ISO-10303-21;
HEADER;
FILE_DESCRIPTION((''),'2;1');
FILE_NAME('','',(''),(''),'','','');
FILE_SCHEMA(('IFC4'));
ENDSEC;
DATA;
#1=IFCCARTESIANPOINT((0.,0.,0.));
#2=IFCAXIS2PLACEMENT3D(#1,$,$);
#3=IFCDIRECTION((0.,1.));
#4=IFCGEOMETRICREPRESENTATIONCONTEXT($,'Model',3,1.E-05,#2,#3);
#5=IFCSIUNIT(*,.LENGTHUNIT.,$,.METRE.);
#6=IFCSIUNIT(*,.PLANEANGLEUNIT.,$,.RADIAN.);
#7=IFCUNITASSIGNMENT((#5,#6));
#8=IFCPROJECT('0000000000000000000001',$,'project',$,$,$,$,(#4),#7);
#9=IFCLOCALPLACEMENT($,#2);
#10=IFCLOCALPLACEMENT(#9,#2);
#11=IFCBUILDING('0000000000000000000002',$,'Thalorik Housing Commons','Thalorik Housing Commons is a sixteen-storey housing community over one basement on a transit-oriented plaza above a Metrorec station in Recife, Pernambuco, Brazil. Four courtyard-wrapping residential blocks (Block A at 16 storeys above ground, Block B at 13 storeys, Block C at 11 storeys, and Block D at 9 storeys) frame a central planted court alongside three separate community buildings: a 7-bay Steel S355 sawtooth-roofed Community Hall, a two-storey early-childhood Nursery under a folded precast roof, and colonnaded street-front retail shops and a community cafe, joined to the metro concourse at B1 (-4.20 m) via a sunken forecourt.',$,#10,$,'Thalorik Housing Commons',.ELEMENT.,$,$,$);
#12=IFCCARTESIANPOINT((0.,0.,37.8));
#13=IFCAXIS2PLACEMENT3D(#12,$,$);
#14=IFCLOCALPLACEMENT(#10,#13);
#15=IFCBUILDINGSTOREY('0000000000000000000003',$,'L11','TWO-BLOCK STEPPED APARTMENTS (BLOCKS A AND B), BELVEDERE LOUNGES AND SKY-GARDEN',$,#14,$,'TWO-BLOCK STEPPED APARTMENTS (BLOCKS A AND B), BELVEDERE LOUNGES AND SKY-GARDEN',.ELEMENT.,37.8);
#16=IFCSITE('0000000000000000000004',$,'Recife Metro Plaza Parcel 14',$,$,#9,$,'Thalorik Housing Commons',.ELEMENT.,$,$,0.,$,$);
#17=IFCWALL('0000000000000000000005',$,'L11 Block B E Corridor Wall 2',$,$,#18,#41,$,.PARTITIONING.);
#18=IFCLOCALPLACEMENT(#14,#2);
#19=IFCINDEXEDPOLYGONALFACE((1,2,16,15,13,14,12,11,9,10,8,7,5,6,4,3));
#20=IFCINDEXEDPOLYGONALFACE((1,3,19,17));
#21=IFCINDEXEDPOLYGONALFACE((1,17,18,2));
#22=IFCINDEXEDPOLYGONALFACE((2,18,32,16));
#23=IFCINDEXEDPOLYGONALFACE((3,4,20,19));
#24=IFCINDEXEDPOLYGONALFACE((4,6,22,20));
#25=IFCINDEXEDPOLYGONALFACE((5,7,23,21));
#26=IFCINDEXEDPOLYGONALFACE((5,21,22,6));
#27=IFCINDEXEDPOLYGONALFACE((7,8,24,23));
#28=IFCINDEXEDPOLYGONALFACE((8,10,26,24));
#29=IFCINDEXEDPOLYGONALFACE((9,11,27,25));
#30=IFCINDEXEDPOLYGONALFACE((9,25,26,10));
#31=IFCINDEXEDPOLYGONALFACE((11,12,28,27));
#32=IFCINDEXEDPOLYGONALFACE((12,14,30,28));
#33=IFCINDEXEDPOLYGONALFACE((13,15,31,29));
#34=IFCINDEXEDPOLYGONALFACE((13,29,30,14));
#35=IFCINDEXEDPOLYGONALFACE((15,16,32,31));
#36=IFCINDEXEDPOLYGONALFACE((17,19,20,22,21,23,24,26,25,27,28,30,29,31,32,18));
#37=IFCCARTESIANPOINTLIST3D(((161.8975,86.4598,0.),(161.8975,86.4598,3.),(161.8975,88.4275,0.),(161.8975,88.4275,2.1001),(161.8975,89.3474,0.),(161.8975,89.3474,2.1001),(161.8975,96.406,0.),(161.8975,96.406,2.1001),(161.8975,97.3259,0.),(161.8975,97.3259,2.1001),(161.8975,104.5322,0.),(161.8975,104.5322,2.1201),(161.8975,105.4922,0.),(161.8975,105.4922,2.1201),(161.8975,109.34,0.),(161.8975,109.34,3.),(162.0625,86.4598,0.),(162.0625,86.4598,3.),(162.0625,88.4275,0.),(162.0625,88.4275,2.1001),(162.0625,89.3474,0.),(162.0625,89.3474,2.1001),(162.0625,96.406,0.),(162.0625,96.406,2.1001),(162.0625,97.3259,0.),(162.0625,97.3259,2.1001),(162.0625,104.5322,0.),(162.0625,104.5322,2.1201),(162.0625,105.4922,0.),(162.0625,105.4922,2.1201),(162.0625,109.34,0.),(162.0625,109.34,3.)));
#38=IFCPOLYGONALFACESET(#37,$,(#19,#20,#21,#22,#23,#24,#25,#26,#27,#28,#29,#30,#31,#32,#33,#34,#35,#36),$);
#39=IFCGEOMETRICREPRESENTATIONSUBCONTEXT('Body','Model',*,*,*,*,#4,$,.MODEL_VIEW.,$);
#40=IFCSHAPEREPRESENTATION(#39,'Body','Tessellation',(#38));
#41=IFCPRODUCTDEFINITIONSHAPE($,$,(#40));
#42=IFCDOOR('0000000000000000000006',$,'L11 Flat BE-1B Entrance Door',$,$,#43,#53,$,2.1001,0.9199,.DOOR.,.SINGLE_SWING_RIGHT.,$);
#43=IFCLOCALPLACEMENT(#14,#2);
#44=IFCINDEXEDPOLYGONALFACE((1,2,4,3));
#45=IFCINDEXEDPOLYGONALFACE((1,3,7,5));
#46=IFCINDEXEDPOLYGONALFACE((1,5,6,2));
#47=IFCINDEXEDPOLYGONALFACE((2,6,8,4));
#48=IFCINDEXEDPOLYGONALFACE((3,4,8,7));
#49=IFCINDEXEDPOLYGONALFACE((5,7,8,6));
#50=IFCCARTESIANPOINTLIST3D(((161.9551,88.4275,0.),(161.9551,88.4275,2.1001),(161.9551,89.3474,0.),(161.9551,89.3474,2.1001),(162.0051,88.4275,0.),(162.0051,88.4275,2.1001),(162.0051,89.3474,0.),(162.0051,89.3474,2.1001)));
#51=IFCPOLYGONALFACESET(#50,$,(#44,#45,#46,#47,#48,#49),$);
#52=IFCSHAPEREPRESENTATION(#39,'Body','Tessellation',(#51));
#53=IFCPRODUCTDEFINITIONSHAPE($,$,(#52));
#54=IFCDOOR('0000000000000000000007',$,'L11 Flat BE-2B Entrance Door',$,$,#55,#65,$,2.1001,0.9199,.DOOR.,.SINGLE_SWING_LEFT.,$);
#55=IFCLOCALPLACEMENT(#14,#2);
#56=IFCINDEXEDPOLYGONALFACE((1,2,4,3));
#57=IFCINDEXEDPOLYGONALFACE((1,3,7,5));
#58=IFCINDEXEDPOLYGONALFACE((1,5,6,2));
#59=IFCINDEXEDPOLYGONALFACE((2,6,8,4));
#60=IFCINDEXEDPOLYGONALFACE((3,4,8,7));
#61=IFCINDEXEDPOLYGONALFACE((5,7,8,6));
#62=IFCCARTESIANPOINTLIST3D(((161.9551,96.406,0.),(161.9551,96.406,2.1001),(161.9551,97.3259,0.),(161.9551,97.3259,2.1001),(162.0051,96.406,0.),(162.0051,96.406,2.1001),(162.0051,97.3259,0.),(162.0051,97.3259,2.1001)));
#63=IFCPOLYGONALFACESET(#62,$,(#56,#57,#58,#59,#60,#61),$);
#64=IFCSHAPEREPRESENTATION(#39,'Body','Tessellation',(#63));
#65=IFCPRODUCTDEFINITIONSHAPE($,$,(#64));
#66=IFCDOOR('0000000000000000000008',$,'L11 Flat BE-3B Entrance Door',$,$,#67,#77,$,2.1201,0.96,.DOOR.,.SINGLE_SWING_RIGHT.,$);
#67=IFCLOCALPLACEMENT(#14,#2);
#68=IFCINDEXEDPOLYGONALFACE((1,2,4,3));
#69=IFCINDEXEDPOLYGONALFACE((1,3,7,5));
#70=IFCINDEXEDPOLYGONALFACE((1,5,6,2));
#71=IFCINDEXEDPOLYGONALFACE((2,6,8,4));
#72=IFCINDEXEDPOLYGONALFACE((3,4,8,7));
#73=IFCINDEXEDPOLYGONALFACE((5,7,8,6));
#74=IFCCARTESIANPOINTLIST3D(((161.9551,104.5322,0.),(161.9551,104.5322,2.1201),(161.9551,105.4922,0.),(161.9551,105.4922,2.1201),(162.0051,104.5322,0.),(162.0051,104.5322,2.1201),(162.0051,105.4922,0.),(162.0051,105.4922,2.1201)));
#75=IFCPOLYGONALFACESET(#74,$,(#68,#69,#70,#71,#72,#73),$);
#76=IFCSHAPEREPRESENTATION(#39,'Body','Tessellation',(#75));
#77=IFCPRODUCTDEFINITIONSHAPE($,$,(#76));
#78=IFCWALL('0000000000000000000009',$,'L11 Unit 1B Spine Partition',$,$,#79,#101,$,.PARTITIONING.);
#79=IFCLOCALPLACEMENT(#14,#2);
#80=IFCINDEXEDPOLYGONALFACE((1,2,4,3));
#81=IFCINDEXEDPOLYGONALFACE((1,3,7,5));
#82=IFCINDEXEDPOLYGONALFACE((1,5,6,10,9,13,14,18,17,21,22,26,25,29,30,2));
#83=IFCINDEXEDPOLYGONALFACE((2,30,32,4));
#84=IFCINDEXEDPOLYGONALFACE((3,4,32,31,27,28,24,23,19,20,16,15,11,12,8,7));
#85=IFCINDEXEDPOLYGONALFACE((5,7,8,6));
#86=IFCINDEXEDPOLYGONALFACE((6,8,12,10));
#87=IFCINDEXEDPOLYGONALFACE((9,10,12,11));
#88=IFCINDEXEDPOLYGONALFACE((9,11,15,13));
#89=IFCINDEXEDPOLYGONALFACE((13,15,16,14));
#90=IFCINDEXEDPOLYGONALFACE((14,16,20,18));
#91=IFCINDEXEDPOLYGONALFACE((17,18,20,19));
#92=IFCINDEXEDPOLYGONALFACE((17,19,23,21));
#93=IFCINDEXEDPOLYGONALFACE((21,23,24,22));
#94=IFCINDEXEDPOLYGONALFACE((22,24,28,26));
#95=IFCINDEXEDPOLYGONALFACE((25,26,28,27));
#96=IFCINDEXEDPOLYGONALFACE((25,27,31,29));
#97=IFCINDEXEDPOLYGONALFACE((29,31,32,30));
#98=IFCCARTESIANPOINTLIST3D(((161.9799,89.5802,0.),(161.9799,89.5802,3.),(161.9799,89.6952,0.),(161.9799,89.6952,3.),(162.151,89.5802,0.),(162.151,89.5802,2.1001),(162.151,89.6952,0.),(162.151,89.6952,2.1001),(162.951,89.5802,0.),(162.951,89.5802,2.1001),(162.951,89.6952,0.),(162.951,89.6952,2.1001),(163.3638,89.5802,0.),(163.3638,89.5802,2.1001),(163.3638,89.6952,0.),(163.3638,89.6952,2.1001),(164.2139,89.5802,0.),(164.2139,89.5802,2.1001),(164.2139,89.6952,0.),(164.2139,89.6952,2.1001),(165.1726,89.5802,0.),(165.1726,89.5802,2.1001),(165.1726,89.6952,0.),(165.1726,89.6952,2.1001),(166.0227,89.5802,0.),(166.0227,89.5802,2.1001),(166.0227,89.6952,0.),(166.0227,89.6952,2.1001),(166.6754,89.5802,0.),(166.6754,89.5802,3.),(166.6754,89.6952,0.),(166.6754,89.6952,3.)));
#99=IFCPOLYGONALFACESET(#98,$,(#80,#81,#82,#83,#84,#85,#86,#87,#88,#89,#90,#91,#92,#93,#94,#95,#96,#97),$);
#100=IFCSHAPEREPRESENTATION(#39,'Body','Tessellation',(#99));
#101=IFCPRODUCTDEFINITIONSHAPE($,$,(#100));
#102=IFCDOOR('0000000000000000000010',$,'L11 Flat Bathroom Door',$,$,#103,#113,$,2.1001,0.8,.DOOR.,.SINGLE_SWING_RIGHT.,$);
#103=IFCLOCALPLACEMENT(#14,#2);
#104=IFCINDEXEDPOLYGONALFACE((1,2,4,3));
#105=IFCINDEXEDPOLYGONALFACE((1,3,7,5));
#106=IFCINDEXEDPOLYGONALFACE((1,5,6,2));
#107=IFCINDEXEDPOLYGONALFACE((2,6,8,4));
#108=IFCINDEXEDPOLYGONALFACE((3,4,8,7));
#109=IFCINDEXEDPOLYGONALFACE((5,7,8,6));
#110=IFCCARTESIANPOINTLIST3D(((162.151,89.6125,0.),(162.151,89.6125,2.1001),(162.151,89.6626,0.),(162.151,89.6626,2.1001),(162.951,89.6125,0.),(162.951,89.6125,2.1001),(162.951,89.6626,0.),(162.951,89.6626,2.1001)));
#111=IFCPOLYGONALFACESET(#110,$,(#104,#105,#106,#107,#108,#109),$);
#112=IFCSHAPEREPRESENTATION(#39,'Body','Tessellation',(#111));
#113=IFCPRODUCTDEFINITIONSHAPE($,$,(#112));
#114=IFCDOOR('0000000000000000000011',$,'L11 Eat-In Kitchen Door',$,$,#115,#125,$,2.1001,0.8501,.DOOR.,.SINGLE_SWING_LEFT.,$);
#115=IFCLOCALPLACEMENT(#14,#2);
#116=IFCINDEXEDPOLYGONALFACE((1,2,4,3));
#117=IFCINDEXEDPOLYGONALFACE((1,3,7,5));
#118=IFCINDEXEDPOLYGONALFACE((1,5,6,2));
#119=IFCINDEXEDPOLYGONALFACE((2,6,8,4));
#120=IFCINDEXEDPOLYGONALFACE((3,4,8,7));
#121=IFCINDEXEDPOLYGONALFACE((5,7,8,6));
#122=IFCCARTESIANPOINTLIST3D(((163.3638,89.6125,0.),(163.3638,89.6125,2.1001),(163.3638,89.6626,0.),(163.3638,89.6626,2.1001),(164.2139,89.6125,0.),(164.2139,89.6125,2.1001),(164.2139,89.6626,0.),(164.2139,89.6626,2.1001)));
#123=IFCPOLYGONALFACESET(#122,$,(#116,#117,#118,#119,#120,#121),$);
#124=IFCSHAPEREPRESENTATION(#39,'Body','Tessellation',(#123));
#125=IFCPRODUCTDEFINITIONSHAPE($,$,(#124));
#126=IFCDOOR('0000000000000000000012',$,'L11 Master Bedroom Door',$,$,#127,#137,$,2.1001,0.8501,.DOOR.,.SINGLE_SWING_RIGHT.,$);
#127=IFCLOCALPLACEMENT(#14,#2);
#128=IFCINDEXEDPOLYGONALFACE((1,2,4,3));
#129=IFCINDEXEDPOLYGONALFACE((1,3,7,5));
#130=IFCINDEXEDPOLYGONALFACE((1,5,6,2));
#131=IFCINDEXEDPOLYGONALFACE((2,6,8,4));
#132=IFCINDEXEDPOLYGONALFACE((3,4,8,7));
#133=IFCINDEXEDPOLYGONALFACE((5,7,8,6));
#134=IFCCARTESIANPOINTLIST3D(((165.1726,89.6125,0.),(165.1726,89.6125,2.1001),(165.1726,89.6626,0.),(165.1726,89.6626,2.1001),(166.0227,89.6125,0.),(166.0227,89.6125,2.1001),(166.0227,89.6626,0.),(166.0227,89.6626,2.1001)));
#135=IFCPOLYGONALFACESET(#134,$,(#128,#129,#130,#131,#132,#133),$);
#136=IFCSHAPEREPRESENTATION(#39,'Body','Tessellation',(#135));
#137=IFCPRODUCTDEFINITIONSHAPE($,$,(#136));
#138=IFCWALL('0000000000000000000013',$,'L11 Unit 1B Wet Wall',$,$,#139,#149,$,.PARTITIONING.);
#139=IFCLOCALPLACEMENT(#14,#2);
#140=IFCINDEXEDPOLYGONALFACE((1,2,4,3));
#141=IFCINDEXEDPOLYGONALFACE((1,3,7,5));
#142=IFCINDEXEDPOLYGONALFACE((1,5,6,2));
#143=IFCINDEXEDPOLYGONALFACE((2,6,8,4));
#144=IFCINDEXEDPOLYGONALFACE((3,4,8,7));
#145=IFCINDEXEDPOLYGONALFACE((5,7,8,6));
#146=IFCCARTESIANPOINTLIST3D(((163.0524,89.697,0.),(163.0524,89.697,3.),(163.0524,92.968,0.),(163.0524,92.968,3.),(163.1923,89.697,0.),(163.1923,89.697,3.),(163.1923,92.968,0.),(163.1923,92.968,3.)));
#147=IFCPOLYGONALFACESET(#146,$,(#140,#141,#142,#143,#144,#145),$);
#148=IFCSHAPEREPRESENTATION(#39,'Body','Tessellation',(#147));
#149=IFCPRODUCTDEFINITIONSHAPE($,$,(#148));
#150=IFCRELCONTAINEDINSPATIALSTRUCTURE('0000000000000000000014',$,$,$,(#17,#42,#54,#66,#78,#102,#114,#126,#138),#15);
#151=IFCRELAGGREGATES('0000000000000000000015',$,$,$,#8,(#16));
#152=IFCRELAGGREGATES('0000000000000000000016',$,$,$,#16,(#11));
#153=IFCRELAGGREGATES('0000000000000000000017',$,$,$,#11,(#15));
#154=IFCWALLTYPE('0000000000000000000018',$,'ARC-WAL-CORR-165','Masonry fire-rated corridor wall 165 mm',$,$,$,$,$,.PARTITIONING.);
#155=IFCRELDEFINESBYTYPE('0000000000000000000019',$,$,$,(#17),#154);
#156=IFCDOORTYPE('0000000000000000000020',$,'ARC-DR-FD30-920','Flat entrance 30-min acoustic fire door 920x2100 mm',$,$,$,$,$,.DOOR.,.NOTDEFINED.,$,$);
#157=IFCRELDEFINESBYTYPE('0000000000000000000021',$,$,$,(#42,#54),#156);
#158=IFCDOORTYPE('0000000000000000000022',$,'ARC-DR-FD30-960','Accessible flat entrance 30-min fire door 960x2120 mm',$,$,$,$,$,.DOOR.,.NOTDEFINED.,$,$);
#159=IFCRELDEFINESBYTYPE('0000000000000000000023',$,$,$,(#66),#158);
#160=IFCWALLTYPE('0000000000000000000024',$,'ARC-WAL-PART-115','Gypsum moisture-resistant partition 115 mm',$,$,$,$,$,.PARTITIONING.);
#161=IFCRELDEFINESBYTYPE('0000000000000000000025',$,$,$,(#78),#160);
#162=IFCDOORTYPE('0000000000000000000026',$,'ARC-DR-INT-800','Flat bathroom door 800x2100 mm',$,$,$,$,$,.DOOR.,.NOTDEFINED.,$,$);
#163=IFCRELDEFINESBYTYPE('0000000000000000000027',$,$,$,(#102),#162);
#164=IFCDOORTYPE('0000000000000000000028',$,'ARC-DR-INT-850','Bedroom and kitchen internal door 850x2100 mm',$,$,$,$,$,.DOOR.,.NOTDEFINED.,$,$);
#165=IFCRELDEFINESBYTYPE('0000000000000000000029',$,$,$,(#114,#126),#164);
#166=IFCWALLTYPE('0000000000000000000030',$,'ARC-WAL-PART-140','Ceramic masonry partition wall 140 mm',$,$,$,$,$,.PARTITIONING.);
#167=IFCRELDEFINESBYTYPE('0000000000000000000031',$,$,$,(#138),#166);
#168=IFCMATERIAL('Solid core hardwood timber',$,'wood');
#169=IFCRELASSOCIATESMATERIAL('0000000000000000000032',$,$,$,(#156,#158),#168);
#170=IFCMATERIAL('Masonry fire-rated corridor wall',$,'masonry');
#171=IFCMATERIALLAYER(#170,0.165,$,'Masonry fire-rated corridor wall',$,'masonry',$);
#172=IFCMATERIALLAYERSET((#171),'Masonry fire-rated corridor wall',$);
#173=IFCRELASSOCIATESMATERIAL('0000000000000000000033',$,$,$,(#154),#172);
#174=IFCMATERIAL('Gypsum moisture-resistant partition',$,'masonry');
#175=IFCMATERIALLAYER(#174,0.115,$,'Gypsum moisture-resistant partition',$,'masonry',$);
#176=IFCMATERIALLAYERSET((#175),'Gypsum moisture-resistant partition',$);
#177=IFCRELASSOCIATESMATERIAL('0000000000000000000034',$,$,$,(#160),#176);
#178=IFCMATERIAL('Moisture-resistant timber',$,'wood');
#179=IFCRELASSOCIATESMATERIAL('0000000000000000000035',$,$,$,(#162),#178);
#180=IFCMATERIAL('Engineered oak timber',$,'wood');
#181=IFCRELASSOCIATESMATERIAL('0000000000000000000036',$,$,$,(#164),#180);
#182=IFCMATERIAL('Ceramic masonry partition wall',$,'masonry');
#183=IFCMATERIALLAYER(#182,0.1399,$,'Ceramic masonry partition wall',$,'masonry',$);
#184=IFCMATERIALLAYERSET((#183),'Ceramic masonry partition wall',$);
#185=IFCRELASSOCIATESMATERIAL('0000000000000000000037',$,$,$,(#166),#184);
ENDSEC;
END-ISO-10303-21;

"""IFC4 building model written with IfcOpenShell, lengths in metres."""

from ifc_helpers import new_model, si_unit, direction, frame, frame_2d, origin, place, context, subcontext, project, spatial, rectangle, extrude, material, layer, layer_set, type_object, element, fill, save


model = new_model("IFC4")

# Units and contexts
model_context = context("Model", 3, precision=1e-05, world=origin(), true_north=direction((0.0, 1.0)))
body_context = subcontext(model_context, "Body", "Model", "MODEL_VIEW")
ifc_project = project(units=[si_unit("LENGTHUNIT", "METRE"), si_unit("PLANEANGLEUNIT", "RADIAN")], contexts=[model_context])

# Site, building, storey
site_placement = place(None, origin())
site = spatial("IfcSite", under=ifc_project, at=site_placement, Name="Recife Metro Plaza Parcel 14", LongName="Thalorik Housing Commons", CompositionType="ELEMENT", RefElevation=0.0)
building_placement = place(site_placement, origin())
building = spatial("IfcBuilding", under=site, at=building_placement, Name="Thalorik Housing Commons", Description="Thalorik Housing Commons is a sixteen-storey housing community over one basement on a transit-oriented plaza above a Metrorec station in Recife, Pernambuco, Brazil. Four courtyard-wrapping residential blocks (Block A at 16 storeys above ground, Block B at 13 storeys, Block C at 11 storeys, and Block D at 9 storeys) frame a central planted court alongside three separate community buildings: a 7-bay Steel S355 sawtooth-roofed Community Hall, a two-storey early-childhood Nursery under a folded precast roof, and colonnaded street-front retail shops and a community cafe, joined to the metro concourse at B1 (-4.20 m) via a sunken forecourt.", LongName="Thalorik Housing Commons", CompositionType="ELEMENT")
storey_placement = place(building_placement, frame((0.0, 0.0, 37.8)))
storey = spatial("IfcBuildingStorey", under=building, at=storey_placement, Name="L11", Description="TWO-BLOCK STEPPED APARTMENTS (BLOCKS A AND B), BELVEDERE LOUNGES AND SKY-GARDEN", LongName="TWO-BLOCK STEPPED APARTMENTS (BLOCKS A AND B), BELVEDERE LOUNGES AND SKY-GARDEN", CompositionType="ELEMENT", Elevation=37.8)

# Walls, openings, doors
ifc_material_1 = material(Name="Masonry fire-rated corridor wall", Category="masonry")
ifc_material_2 = material(Name="Solid core hardwood timber", Category="wood")
door_type_1 = type_object("IfcDoorType", Name="ARC-DR-FD30-920", Description="Flat entrance 30-min acoustic fire door 920x2100 mm", OperationType="NOTDEFINED", PredefinedType="DOOR", material=ifc_material_2)
door_type_2 = type_object("IfcDoorType", Name="ARC-DR-FD30-960", Description="Accessible flat entrance 30-min fire door 960x2120 mm", OperationType="NOTDEFINED", PredefinedType="DOOR", material=ifc_material_2)
ifc_layer_1 = layer(ifc_material_1, 0.165, Name="Masonry fire-rated corridor wall", Category="masonry")
ifc_layer_set_1 = layer_set([ifc_layer_1], Name="Masonry fire-rated corridor wall")
wall_type_1 = type_object("IfcWallType", Name="ARC-WAL-CORR-165", Description="Masonry fire-rated corridor wall 165 mm", PredefinedType="PARTITIONING", material=ifc_layer_set_1)
wall_1_placement = place(storey_placement, frame((161.98, 86.46, 0.0), z_axis=(0.0, 0.0, 1.0), x_axis=(0.0, 1.0, 0.0)))
wall_1 = element("IfcWall", 1, at=wall_1_placement, inside=storey, type_object=wall_type_1, Name="L11 Block B E Corridor Wall 2", PredefinedType="PARTITIONING", context=body_context, shape_type="SweptSolid", body=[
    extrude(rectangle(XDim=22.8801, YDim=0.165, at=frame_2d((11.4399, 0.0))), origin(), (0.0, 0.0, 1.0), 3.0),
])
opening_1_placement = place(wall_1_placement, frame((1.9675, 0.0, 0.0)))
opening_1 = element("IfcOpeningElement", 2, at=opening_1_placement, cuts=wall_1, PredefinedType="OPENING", context=body_context, shape_type="SweptSolid", body=[
    extrude(rectangle(XDim=0.9199, YDim=2.1001, at=frame_2d((0.46, 1.05))), frame((0.0, 0.0925, 0.0), z_axis=(0.0, -1.0, 0.0), x_axis=(1.0, 0.0, 0.0)), (0.0, 0.0, 1.0), 0.1851),
])
opening_2_placement = place(wall_1_placement, frame((9.946, 0.0, 0.0)))
opening_2 = element("IfcOpeningElement", 3, at=opening_2_placement, cuts=wall_1, PredefinedType="OPENING", context=body_context, shape_type="SweptSolid", body=[
    extrude(rectangle(XDim=0.9199, YDim=2.1001, at=frame_2d((0.46, 1.05))), frame((0.0, 0.0925, 0.0), z_axis=(0.0, -1.0, 0.0), x_axis=(1.0, 0.0, 0.0)), (0.0, 0.0, 1.0), 0.1851),
])
opening_3_placement = place(wall_1_placement, frame((18.0723, 0.0, 0.0)))
opening_3 = element("IfcOpeningElement", 4, at=opening_3_placement, cuts=wall_1, PredefinedType="OPENING", context=body_context, shape_type="SweptSolid", body=[
    extrude(rectangle(XDim=0.96, YDim=2.1201, at=frame_2d((0.48, 1.0601))), frame((0.0, 0.0925, 0.0), z_axis=(0.0, -1.0, 0.0), x_axis=(1.0, 0.0, 0.0)), (0.0, 0.0, 1.0), 0.1851),
])
door_1_placement = place(opening_1_placement, origin())
door_1 = element("IfcDoor", 5, at=door_1_placement, inside=storey, type_object=door_type_1, Name="L11 Flat BE-1B Entrance Door", OperationType="SINGLE_SWING_RIGHT", OverallHeight=2.1001, OverallWidth=0.9199, PredefinedType="DOOR", context=body_context, shape_type="SweptSolid", body=[
    extrude(rectangle(XDim=0.9199, YDim=2.1001, at=frame_2d((0.46, 1.05))), frame((0.0, 0.0249, 0.0), z_axis=(0.0, -1.0, 0.0), x_axis=(1.0, 0.0, 0.0)), (0.0, 0.0, 1.0), 0.05),
])
fill(opening_1, door_1)
door_2_placement = place(opening_2_placement, origin())
door_2 = element("IfcDoor", 6, at=door_2_placement, inside=storey, type_object=door_type_1, Name="L11 Flat BE-2B Entrance Door", OperationType="SINGLE_SWING_LEFT", OverallHeight=2.1001, OverallWidth=0.9199, PredefinedType="DOOR", context=body_context, shape_type="SweptSolid", body=[
    extrude(rectangle(XDim=0.9199, YDim=2.1001, at=frame_2d((0.46, 1.05))), frame((0.0, 0.0249, 0.0), z_axis=(0.0, -1.0, 0.0), x_axis=(1.0, 0.0, 0.0)), (0.0, 0.0, 1.0), 0.05),
])
fill(opening_2, door_2)
door_3_placement = place(opening_3_placement, origin())
door_3 = element("IfcDoor", 7, at=door_3_placement, inside=storey, type_object=door_type_2, Name="L11 Flat BE-3B Entrance Door", OperationType="SINGLE_SWING_RIGHT", OverallHeight=2.1201, OverallWidth=0.96, PredefinedType="DOOR", context=body_context, shape_type="SweptSolid", body=[
    extrude(rectangle(XDim=0.96, YDim=2.1201, at=frame_2d((0.48, 1.0601))), frame((0.0, 0.0249, 0.0), z_axis=(0.0, -1.0, 0.0), x_axis=(1.0, 0.0, 0.0)), (0.0, 0.0, 1.0), 0.05),
])
fill(opening_3, door_3)
ifc_material_3 = material(Name="Gypsum moisture-resistant partition", Category="masonry")
ifc_layer_2 = layer(ifc_material_3, 0.115, Name="Gypsum moisture-resistant partition", Category="masonry")
ifc_layer_set_2 = layer_set([ifc_layer_2], Name="Gypsum moisture-resistant partition")
wall_type_2 = type_object("IfcWallType", Name="ARC-WAL-PART-115", Description="Gypsum moisture-resistant partition 115 mm", PredefinedType="PARTITIONING", material=ifc_layer_set_2)
wall_2_placement = place(storey_placement, frame((161.98, 89.6377, 0.0), z_axis=(0.0, 0.0, 1.0), x_axis=(1.0, 0.0, 0.0)))
wall_2 = element("IfcWall", 8, at=wall_2_placement, inside=storey, type_object=wall_type_2, Name="L11 Unit 1B Spine Partition", PredefinedType="PARTITIONING", context=body_context, shape_type="SweptSolid", body=[
    extrude(rectangle(XDim=4.6956, YDim=0.115, at=frame_2d((2.3477, 0.0))), origin(), (0.0, 0.0, 1.0), 3.0),
])
opening_4_placement = place(wall_2_placement, frame((0.1711, 0.0, 0.0)))
opening_4 = element("IfcOpeningElement", 9, at=opening_4_placement, cuts=wall_2, PredefinedType="OPENING", context=body_context, shape_type="SweptSolid", body=[
    extrude(rectangle(XDim=0.8, YDim=2.1001, at=frame_2d((0.3999, 1.05))), frame((0.0, 0.0674, 0.0), z_axis=(0.0, -1.0, 0.0), x_axis=(1.0, 0.0, 0.0)), (0.0, 0.0, 1.0), 0.135),
])
opening_5_placement = place(wall_2_placement, frame((1.3838, 0.0, 0.0)))
opening_5 = element("IfcOpeningElement", 10, at=opening_5_placement, cuts=wall_2, PredefinedType="OPENING", context=body_context, shape_type="SweptSolid", body=[
    extrude(rectangle(XDim=0.8501, YDim=2.1001, at=frame_2d((0.425, 1.05))), frame((0.0, 0.0674, 0.0), z_axis=(0.0, -1.0, 0.0), x_axis=(1.0, 0.0, 0.0)), (0.0, 0.0, 1.0), 0.135),
])
opening_6_placement = place(wall_2_placement, frame((3.1926, 0.0, 0.0)))
opening_6 = element("IfcOpeningElement", 11, at=opening_6_placement, cuts=wall_2, PredefinedType="OPENING", context=body_context, shape_type="SweptSolid", body=[
    extrude(rectangle(XDim=0.8501, YDim=2.1001, at=frame_2d((0.425, 1.05))), frame((0.0, 0.0674, 0.0), z_axis=(0.0, -1.0, 0.0), x_axis=(1.0, 0.0, 0.0)), (0.0, 0.0, 1.0), 0.135),
])
ifc_material_4 = material(Name="Moisture-resistant timber", Category="wood")
door_type_3 = type_object("IfcDoorType", Name="ARC-DR-INT-800", Description="Flat bathroom door 800x2100 mm", OperationType="NOTDEFINED", PredefinedType="DOOR", material=ifc_material_4)
door_4_placement = place(opening_4_placement, origin())
door_4 = element("IfcDoor", 12, at=door_4_placement, inside=storey, type_object=door_type_3, Name="L11 Flat Bathroom Door", OperationType="SINGLE_SWING_RIGHT", OverallHeight=2.1001, OverallWidth=0.8, PredefinedType="DOOR", context=body_context, shape_type="SweptSolid", body=[
    extrude(rectangle(XDim=0.8, YDim=2.1001, at=frame_2d((0.3999, 1.05))), frame((0.0, 0.0249, 0.0), z_axis=(0.0, -1.0, 0.0), x_axis=(1.0, 0.0, 0.0)), (0.0, 0.0, 1.0), 0.05),
])
fill(opening_4, door_4)
ifc_material_5 = material(Name="Engineered oak timber", Category="wood")
door_type_4 = type_object("IfcDoorType", Name="ARC-DR-INT-850", Description="Bedroom and kitchen internal door 850x2100 mm", OperationType="NOTDEFINED", PredefinedType="DOOR", material=ifc_material_5)
door_5_placement = place(opening_5_placement, origin())
door_5 = element("IfcDoor", 13, at=door_5_placement, inside=storey, type_object=door_type_4, Name="L11 Eat-In Kitchen Door", OperationType="SINGLE_SWING_LEFT", OverallHeight=2.1001, OverallWidth=0.8501, PredefinedType="DOOR", context=body_context, shape_type="SweptSolid", body=[
    extrude(rectangle(XDim=0.8501, YDim=2.1001, at=frame_2d((0.425, 1.05))), frame((0.0, 0.0249, 0.0), z_axis=(0.0, -1.0, 0.0), x_axis=(1.0, 0.0, 0.0)), (0.0, 0.0, 1.0), 0.05),
])
fill(opening_5, door_5)
door_6_placement = place(opening_6_placement, origin())
door_6 = element("IfcDoor", 14, at=door_6_placement, inside=storey, type_object=door_type_4, Name="L11 Master Bedroom Door", OperationType="SINGLE_SWING_RIGHT", OverallHeight=2.1001, OverallWidth=0.8501, PredefinedType="DOOR", context=body_context, shape_type="SweptSolid", body=[
    extrude(rectangle(XDim=0.8501, YDim=2.1001, at=frame_2d((0.425, 1.05))), frame((0.0, 0.0249, 0.0), z_axis=(0.0, -1.0, 0.0), x_axis=(1.0, 0.0, 0.0)), (0.0, 0.0, 1.0), 0.05),
])
fill(opening_6, door_6)

# Wall
ifc_material_6 = material(Name="Ceramic masonry partition wall", Category="masonry")
ifc_layer_3 = layer(ifc_material_6, 0.1399, Name="Ceramic masonry partition wall", Category="masonry")
ifc_layer_set_3 = layer_set([ifc_layer_3], Name="Ceramic masonry partition wall")
wall_type_3 = type_object("IfcWallType", Name="ARC-WAL-PART-140", Description="Ceramic masonry partition wall 140 mm", PredefinedType="PARTITIONING", material=ifc_layer_set_3)
wall_3_placement = place(storey_placement, frame((163.1223, 89.697, 0.0), z_axis=(0.0, 0.0, 1.0), x_axis=(0.0, 1.0, 0.0)))
element("IfcWall", 15, at=wall_3_placement, inside=storey, type_object=wall_type_3, Name="L11 Unit 1B Wet Wall", PredefinedType="PARTITIONING", context=body_context, shape_type="SweptSolid", body=[
    extrude(rectangle(XDim=3.271, YDim=0.1399, at=frame_2d((1.6355, 0.0))), origin(), (0.0, 0.0, 1.0), 3.0),
])

save(model, "model.ifc")
